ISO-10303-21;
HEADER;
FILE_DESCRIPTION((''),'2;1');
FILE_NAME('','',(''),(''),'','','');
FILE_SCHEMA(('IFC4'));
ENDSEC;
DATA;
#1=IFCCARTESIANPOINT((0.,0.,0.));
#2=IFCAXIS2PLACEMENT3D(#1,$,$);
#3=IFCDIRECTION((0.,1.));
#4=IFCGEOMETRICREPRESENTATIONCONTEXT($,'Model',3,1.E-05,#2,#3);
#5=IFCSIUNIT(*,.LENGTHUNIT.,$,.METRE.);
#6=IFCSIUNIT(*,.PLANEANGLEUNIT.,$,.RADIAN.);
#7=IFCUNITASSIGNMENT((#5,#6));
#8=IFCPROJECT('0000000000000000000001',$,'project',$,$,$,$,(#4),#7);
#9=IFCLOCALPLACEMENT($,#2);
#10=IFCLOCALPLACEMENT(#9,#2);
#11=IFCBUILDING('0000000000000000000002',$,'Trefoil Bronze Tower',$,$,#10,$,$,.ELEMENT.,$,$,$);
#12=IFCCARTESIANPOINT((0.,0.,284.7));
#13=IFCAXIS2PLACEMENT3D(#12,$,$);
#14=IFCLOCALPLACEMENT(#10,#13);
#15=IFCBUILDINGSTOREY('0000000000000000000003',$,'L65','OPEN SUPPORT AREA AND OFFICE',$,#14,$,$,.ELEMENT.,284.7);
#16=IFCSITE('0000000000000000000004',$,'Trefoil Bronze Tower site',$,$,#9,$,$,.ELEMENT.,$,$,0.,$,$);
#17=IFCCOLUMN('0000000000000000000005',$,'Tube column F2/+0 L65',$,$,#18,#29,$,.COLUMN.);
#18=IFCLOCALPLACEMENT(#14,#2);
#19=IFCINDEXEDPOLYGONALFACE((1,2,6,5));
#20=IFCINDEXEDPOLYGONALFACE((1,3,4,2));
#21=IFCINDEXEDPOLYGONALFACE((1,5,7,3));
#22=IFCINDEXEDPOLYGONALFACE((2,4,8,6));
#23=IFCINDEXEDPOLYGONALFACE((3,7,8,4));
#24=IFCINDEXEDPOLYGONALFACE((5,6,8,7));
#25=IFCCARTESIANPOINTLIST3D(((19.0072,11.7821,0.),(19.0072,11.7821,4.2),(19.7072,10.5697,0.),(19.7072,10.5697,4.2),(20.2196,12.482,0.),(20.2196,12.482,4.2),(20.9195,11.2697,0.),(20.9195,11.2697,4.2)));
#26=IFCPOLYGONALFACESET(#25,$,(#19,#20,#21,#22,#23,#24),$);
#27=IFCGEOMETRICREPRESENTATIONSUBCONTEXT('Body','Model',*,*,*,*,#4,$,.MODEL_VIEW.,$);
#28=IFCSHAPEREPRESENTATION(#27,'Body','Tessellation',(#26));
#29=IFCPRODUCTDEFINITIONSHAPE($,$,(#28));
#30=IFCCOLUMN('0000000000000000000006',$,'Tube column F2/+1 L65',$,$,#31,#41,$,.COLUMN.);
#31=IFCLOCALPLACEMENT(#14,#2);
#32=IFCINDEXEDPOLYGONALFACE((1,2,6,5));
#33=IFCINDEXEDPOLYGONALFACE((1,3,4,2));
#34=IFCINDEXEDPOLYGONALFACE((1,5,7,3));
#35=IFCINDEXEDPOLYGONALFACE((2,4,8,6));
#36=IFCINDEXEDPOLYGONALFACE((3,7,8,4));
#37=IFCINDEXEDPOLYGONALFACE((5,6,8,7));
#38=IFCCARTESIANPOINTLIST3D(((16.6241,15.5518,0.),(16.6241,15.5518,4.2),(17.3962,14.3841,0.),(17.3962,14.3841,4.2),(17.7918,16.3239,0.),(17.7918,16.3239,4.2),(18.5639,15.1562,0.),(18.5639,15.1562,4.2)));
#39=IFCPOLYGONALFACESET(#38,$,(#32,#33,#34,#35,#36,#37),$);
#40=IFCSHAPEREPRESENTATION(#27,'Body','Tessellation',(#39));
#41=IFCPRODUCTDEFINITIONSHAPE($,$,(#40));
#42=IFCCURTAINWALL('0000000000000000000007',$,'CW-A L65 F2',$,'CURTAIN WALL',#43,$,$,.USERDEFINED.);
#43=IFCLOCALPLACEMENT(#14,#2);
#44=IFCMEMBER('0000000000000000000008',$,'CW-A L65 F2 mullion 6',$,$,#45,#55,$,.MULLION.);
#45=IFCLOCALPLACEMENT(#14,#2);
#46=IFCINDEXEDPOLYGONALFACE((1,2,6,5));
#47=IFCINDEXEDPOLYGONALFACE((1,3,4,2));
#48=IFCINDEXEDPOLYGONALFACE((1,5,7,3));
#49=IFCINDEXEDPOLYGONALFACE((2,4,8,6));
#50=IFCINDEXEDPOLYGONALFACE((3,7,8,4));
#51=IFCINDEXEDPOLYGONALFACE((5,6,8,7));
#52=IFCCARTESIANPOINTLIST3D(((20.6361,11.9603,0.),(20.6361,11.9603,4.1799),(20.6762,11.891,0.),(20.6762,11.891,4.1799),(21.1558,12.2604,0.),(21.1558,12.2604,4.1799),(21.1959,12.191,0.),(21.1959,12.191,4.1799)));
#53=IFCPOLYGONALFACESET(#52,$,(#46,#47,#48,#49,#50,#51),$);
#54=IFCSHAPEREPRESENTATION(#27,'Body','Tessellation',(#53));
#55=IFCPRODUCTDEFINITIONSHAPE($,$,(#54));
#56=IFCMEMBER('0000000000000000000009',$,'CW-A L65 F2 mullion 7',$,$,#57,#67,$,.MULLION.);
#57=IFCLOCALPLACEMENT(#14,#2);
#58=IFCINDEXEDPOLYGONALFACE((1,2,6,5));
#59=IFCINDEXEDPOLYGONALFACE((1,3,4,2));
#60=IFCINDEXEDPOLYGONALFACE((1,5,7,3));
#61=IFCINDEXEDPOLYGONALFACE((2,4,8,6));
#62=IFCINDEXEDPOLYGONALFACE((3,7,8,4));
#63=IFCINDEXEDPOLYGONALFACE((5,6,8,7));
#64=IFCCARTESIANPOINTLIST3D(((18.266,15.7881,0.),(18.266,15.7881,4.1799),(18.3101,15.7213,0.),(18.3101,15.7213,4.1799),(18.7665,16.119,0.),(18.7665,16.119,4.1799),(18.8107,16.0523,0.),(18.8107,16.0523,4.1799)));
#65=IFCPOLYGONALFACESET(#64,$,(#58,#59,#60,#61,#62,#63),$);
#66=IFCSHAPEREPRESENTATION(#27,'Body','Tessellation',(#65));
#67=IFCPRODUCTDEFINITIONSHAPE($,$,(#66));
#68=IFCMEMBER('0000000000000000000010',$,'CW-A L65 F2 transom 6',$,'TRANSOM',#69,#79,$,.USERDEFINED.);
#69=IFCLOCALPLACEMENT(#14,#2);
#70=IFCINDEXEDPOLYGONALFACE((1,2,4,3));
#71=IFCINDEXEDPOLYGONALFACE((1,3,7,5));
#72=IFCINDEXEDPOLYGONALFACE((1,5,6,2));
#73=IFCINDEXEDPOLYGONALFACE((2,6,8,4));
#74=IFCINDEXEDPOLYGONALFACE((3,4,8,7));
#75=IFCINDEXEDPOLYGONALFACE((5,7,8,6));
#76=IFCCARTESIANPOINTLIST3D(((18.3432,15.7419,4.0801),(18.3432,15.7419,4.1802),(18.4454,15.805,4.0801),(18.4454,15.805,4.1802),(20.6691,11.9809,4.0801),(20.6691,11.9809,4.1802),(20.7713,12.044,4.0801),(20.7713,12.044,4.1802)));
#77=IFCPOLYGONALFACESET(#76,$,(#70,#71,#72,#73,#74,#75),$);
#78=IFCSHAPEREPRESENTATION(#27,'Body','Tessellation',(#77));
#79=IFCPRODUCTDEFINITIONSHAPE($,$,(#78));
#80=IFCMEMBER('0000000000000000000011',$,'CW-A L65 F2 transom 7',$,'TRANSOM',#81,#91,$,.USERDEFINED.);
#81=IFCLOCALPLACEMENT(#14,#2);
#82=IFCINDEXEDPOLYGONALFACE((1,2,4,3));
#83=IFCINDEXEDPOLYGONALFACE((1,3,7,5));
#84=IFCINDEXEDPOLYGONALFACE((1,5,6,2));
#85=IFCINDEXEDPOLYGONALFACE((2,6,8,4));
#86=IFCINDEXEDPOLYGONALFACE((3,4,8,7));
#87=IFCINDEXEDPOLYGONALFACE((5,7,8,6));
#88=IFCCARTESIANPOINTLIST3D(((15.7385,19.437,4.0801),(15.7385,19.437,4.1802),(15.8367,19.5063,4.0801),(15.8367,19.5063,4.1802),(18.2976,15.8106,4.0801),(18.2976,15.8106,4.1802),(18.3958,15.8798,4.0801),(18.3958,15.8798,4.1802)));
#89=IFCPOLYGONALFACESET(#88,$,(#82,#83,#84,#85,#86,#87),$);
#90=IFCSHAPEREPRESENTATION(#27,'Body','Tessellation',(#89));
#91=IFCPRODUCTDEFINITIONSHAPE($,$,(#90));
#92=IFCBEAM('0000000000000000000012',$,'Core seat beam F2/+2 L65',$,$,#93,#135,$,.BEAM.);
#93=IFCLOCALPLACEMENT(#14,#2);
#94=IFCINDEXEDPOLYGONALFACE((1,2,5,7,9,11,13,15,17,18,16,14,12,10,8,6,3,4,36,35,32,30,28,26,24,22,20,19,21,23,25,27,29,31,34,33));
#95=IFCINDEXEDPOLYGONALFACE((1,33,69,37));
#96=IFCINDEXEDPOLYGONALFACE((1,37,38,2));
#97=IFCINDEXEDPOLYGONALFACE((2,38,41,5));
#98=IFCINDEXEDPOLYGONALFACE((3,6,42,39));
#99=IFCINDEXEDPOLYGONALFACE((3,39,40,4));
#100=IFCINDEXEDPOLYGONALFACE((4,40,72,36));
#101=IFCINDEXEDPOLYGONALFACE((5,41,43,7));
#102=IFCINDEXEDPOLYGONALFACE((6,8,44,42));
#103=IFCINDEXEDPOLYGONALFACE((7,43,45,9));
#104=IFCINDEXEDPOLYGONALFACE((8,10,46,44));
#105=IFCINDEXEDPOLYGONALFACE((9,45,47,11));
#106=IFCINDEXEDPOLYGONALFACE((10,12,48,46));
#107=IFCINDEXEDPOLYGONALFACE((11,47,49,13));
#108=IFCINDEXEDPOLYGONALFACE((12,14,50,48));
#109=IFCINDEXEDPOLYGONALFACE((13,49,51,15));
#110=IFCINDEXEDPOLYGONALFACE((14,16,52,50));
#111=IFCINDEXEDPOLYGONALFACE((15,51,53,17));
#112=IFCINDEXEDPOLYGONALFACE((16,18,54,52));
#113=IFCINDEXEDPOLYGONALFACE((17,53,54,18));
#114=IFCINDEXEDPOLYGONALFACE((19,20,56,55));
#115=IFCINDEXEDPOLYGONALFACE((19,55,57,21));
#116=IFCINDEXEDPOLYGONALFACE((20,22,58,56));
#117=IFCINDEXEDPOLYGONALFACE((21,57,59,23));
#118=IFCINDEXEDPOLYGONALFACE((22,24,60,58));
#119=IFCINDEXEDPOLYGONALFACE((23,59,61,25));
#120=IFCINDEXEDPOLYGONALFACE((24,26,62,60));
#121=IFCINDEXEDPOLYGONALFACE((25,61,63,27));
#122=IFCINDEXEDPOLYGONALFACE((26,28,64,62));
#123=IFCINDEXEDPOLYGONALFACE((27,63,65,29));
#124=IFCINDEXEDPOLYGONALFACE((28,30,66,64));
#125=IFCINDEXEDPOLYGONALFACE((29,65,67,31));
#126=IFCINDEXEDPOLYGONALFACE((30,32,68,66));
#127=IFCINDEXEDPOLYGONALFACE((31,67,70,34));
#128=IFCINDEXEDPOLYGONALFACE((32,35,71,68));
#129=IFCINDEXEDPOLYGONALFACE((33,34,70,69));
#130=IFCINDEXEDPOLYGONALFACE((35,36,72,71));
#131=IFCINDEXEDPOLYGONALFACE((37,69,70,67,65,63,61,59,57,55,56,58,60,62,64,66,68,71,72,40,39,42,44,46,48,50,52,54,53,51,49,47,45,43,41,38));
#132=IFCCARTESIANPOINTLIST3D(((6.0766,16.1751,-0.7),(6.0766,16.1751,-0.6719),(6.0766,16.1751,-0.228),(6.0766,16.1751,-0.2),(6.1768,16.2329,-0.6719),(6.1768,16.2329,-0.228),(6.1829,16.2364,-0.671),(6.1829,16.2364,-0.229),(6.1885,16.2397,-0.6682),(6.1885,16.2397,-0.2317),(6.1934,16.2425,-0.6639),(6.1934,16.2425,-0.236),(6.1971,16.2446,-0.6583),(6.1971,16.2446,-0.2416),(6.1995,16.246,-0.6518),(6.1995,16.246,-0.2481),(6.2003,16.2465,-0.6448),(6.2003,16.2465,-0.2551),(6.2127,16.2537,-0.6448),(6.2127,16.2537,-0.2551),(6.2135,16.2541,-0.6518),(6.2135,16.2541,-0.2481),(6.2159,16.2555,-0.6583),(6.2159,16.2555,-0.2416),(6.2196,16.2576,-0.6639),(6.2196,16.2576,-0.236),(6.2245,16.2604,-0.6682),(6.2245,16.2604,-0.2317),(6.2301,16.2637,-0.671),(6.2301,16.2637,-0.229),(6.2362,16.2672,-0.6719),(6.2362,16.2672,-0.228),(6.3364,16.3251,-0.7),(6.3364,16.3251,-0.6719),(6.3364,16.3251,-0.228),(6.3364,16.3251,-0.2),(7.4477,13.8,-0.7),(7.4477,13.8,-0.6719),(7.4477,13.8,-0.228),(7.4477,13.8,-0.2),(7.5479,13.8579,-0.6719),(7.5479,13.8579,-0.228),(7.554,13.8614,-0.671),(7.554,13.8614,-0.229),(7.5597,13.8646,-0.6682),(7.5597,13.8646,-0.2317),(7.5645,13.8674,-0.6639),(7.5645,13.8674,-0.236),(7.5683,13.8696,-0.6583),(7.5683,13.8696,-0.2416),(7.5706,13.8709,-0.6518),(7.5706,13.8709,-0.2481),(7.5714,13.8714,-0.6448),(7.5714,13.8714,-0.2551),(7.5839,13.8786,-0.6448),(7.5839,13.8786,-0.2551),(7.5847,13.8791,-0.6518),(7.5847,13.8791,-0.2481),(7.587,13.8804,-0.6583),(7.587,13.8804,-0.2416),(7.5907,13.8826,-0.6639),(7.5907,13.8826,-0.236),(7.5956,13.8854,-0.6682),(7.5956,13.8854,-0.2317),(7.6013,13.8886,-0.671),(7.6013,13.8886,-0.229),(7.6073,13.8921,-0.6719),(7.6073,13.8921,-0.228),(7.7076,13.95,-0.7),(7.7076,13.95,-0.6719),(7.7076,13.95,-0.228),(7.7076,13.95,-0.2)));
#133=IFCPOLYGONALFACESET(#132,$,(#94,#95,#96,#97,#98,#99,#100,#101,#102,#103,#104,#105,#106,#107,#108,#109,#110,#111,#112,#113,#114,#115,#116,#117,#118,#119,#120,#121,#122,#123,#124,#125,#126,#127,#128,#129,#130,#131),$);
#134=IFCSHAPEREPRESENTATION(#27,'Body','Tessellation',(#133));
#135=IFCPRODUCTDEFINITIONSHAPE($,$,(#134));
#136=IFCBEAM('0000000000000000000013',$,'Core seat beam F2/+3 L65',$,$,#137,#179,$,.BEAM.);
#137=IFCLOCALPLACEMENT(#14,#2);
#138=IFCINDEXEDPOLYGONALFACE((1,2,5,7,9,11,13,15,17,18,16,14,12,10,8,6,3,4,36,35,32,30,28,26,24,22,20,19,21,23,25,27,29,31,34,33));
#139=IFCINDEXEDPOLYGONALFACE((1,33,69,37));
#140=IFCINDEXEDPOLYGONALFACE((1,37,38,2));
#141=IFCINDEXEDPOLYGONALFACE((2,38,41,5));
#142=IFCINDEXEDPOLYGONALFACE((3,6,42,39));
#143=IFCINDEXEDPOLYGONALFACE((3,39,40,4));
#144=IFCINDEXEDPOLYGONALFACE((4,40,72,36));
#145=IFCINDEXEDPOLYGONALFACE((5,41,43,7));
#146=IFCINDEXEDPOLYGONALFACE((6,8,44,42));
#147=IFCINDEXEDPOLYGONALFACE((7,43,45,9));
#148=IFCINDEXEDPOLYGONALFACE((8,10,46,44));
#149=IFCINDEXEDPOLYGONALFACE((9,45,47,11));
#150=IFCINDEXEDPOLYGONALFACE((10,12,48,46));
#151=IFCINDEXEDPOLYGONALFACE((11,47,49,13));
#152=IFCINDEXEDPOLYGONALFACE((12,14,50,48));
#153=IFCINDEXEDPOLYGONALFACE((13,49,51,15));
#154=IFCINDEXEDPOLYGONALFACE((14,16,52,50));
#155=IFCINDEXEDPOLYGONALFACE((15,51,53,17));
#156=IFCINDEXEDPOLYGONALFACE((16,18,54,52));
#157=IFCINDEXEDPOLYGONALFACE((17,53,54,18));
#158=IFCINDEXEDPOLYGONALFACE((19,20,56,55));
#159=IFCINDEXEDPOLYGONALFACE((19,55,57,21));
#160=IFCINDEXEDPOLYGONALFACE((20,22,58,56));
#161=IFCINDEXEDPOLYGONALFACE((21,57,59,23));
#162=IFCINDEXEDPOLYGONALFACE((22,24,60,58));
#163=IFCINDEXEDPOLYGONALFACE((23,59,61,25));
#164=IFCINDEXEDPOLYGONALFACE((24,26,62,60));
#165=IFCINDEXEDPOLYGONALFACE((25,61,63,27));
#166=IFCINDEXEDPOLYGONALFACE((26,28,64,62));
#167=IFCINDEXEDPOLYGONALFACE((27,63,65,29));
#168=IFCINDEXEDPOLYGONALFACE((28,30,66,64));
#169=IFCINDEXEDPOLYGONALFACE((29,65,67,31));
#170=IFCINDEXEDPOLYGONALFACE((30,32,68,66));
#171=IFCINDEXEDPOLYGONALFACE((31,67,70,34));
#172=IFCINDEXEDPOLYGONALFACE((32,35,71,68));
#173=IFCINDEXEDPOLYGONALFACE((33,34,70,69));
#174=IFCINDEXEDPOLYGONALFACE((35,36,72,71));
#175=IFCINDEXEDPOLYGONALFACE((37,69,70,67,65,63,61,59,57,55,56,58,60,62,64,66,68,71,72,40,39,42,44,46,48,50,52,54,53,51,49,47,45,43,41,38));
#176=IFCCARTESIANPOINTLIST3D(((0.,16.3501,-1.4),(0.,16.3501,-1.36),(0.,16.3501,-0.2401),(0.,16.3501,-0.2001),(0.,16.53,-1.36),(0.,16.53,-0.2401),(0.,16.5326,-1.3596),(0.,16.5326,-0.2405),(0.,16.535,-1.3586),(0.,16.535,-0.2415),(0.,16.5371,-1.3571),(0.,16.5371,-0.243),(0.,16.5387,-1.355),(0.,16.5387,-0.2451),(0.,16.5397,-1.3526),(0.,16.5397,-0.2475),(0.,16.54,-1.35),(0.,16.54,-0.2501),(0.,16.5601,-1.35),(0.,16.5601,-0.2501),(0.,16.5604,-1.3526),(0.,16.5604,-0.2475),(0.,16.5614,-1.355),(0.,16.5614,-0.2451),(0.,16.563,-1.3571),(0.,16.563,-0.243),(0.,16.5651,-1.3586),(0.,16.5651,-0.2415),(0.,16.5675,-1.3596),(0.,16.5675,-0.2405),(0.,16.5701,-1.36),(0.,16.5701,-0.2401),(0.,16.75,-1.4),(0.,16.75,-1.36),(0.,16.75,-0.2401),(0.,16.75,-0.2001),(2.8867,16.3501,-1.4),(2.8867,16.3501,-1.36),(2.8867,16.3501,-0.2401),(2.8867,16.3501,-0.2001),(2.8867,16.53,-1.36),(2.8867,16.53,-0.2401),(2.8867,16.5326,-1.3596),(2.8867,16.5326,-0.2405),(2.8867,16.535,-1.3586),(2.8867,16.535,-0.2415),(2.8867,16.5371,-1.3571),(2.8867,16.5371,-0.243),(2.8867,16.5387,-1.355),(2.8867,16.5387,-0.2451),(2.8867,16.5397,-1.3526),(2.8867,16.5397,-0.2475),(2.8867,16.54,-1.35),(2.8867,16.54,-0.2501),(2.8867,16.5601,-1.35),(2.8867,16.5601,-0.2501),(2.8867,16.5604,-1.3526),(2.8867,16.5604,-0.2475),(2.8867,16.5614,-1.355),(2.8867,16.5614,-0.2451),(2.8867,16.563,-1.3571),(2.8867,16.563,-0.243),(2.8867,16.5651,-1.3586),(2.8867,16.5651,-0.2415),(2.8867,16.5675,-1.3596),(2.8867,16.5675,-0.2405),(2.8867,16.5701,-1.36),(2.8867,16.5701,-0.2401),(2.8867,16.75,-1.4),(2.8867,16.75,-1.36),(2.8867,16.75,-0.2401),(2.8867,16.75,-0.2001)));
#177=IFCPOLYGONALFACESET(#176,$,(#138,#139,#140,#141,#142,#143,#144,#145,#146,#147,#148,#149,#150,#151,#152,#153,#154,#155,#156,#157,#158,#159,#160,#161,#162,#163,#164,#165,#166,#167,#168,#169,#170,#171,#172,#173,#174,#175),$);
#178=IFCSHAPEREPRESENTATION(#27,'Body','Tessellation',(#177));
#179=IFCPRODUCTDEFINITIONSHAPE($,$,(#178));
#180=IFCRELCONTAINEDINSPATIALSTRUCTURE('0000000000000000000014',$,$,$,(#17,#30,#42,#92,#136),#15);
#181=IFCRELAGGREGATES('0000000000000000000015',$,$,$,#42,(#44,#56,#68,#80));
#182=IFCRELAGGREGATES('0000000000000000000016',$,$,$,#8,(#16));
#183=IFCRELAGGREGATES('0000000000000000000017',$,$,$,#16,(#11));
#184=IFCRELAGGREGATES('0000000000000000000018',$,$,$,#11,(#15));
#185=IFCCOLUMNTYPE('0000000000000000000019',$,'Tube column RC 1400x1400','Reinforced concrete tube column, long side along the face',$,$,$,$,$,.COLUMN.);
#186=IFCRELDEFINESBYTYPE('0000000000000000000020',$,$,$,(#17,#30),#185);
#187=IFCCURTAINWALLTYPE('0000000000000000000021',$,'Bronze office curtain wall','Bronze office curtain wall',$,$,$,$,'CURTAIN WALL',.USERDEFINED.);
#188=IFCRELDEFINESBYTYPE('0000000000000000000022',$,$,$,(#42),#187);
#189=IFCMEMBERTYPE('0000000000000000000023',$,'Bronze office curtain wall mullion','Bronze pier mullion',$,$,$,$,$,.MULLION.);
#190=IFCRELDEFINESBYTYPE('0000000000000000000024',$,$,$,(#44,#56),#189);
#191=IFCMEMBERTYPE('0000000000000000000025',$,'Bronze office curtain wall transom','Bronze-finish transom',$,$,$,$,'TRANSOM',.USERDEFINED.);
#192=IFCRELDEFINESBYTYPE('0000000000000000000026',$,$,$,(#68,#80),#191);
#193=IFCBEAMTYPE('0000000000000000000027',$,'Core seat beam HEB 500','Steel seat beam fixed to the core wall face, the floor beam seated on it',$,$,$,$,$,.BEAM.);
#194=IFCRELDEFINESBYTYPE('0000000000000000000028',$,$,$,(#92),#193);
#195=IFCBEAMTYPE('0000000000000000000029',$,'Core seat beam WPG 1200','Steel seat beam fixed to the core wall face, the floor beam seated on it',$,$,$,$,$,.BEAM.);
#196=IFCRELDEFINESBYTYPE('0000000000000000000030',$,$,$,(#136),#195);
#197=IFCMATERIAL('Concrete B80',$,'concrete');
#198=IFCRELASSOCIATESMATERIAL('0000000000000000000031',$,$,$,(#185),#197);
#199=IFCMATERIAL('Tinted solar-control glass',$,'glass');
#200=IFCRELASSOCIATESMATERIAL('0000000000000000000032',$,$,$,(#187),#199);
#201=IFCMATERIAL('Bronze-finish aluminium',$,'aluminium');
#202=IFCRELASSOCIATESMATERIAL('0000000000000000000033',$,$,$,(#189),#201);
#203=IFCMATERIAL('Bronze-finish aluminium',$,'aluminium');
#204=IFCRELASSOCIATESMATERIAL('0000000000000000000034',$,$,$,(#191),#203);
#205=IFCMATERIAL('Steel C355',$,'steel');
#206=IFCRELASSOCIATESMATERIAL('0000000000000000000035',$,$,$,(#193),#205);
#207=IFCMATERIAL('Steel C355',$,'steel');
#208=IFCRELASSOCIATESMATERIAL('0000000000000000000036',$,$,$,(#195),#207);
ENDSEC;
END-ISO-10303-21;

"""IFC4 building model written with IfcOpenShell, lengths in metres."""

from ifc_helpers import new_model, si_unit, direction, frame, origin, origin_2d, place, context, subcontext, project, spatial, rectangle, i_section, extrude, material, material_profile, profile_set, type_object, element, aggregate, save


model = new_model("IFC4")

# Units and contexts
model_context = context("Model", 3, precision=1e-05, world=origin(), true_north=direction((0.0, 1.0)))
body_context = subcontext(model_context, "Body", "Model", "MODEL_VIEW")
ifc_project = project(units=[si_unit("LENGTHUNIT", "METRE"), si_unit("PLANEANGLEUNIT", "RADIAN")], contexts=[model_context])

# Site, building, storey
site_placement = place(None, origin())
site = spatial("IfcSite", under=ifc_project, at=site_placement, Name="Trefoil Bronze Tower site", CompositionType="ELEMENT", RefElevation=0.0)
building_placement = place(site_placement, origin())
building = spatial("IfcBuilding", under=site, at=building_placement, Name="Trefoil Bronze Tower", CompositionType="ELEMENT")
storey_placement = place(building_placement, frame((0.0, 0.0, 284.7)))
storey = spatial("IfcBuildingStorey", under=building, at=storey_placement, Name="L65", Description="OPEN SUPPORT AREA AND OFFICE", CompositionType="ELEMENT", Elevation=284.7)

# Columns
ifc_material_1 = material(Name="Concrete B80", Category="concrete")
ifc_material_profile_1 = material_profile(ifc_material_1, rectangle(XDim=1.3999, YDim=1.3999, at=origin_2d()), Name="RC 1400x1400")
ifc_profile_set_1 = profile_set([ifc_material_profile_1], Name="Concrete B80")
column_type = type_object("IfcColumnType", Name="Tube column RC 1400x1400", Description="Reinforced concrete tube column, long side along the face", PredefinedType="COLUMN", material=ifc_profile_set_1)
for number, where, z_axis, x_axis, name in (
    (1, (19.9634, 11.5259, 0.0), (0.0, 0.0, 1.0), (-0.5, 0.866025, 0.0), "Tube column F2/+0 L65"),
    (2, (17.594, 15.354, 0.0), (0.0, 0.0, 1.0), (-0.551524, 0.834159, 0.0), "Tube column F2/+1 L65"),
):
    element("IfcColumn", number, at=place(storey_placement, frame(where, z_axis=z_axis, x_axis=x_axis)), inside=storey, type_object=column_type, Name=name, PredefinedType="COLUMN", context=body_context, shape_type="SweptSolid", body=[
        extrude(rectangle(XDim=1.3999, YDim=1.3999, at=origin_2d()), origin(), (0.0, 0.0, 1.0), 4.2),
    ])

# Curtain wall, members
ifc_material_2 = material(Name="Tinted solar-control glass", Category="glass")
curtain_wall_type = type_object("IfcCurtainWallType", Name="Bronze office curtain wall", Description="Bronze office curtain wall", ElementType="CURTAIN WALL", PredefinedType="USERDEFINED", material=ifc_material_2)
curtain_wall_placement = place(storey_placement, origin())
curtain_wall = element("IfcCurtainWall", 3, at=curtain_wall_placement, inside=storey, type_object=curtain_wall_type, Name="CW-A L65 F2", ObjectType="CURTAIN WALL", PredefinedType="USERDEFINED")
ifc_material_3 = material(Name="Bronze-finish aluminium", Category="aluminium")
ifc_material_profile_2 = material_profile(ifc_material_3, rectangle(XDim=0.6001, YDim=0.0801, at=origin_2d()), Name="CW-A mullion")
ifc_profile_set_2 = profile_set([ifc_material_profile_2], Name="Bronze-finish aluminium")
member_type_1 = type_object("IfcMemberType", Name="Bronze office curtain wall mullion", Description="Bronze pier mullion", PredefinedType="MULLION", material=ifc_profile_set_2)
member_1_placement = place(storey_placement, frame((20.916, 12.0757, 0.0), z_axis=(0.0, 0.0, 1.0), x_axis=(-0.866025, -0.5, 0.0)))
member_1 = element("IfcMember", 4, at=member_1_placement, type_object=member_type_1, Name="CW-A L65 F2 mullion 6", PredefinedType="MULLION", context=body_context, shape_type="SweptSolid", body=[
    extrude(rectangle(XDim=0.6001, YDim=0.0801, at=origin_2d()), origin(), (0.0, 0.0, 1.0), 4.1799),
])
member_2_placement = place(storey_placement, frame((18.5383, 15.9202, 0.0), z_axis=(0.0, 0.0, 1.0), x_axis=(-0.834159, -0.551524, 0.0)))
member_2 = element("IfcMember", 5, at=member_2_placement, type_object=member_type_1, Name="CW-A L65 F2 mullion 7", PredefinedType="MULLION", context=body_context, shape_type="SweptSolid", body=[
    extrude(rectangle(XDim=0.6001, YDim=0.0801, at=origin_2d()), origin(), (0.0, 0.0, 1.0), 4.1799),
])
ifc_material_4 = material(Name="Bronze-finish aluminium", Category="aluminium")
ifc_material_profile_3 = material_profile(ifc_material_4, rectangle(XDim=0.1201, YDim=0.1001, at=origin_2d()), Name="CW-A transom")
ifc_profile_set_3 = profile_set([ifc_material_profile_3], Name="Bronze-finish aluminium")
member_type_2 = type_object("IfcMemberType", Name="Bronze office curtain wall transom", Description="Bronze-finish transom", ElementType="TRANSOM", PredefinedType="USERDEFINED", material=ifc_profile_set_3)
member_3_placement = place(storey_placement, frame((20.7202, 12.0125, 4.1301), z_axis=(-0.525978, 0.850498, 0.0), x_axis=(-0.850498, -0.525978, 0.0)))
member_3 = element("IfcMember", 6, at=member_3_placement, type_object=member_type_2, Name="CW-A L65 F2 transom 6", ObjectType="TRANSOM", PredefinedType="USERDEFINED", context=body_context, shape_type="SweptSolid", body=[
    extrude(rectangle(XDim=0.1201, YDim=0.1001, at=origin_2d()), origin(), (0.0, 0.0, 1.0), 4.4221),
])
member_4_placement = place(storey_placement, frame((18.3467, 15.8452, 4.1301), z_axis=(-0.576567, 0.81705, 0.0), x_axis=(-0.81705, -0.576567, 0.0)))
member_4 = element("IfcMember", 7, at=member_4_placement, type_object=member_type_2, Name="CW-A L65 F2 transom 7", ObjectType="TRANSOM", PredefinedType="USERDEFINED", context=body_context, shape_type="SweptSolid", body=[
    extrude(rectangle(XDim=0.1201, YDim=0.1001, at=origin_2d()), origin(), (0.0, 0.0, 1.0), 4.4385),
])

# Beams
ifc_material_5 = material(Name="Steel C355", Category="steel")
ifc_material_profile_4 = material_profile(ifc_material_5, i_section(OverallWidth=0.3, OverallDepth=0.5, WebThickness=0.0144, FlangeThickness=0.0281, FilletRadius=0.0271, at=origin_2d()), Name="HEB 500")
ifc_profile_set_4 = profile_set([ifc_material_profile_4], Name="Steel C355")
beam_type_1 = type_object("IfcBeamType", Name="Core seat beam HEB 500", Description="Steel seat beam fixed to the core wall face, the floor beam seated on it", PredefinedType="BEAM", material=ifc_profile_set_4)
beam_1_placement = place(storey_placement, frame((7.5776, 13.875, -0.45), z_axis=(-0.499969, 0.866043, 0.0), x_axis=(-0.866043, -0.499969, 0.0)))
element("IfcBeam", 8, at=beam_1_placement, inside=storey, type_object=beam_type_1, Name="Core seat beam F2/+2 L65", PredefinedType="BEAM", context=body_context, shape_type="SweptSolid", body=[
    extrude(i_section(OverallWidth=0.3, OverallDepth=0.5, WebThickness=0.0144, FlangeThickness=0.0281, FilletRadius=0.0271, at=origin_2d()), origin(), (0.0, 0.0, 1.0), 2.7424),
])
ifc_material_6 = material(Name="Steel C355", Category="steel")
ifc_material_profile_5 = material_profile(ifc_material_6, i_section(OverallWidth=0.3999, OverallDepth=1.2, WebThickness=0.02, FlangeThickness=0.04, FilletRadius=0.01, at=origin_2d()), Name="WPG 1200")
ifc_profile_set_5 = profile_set([ifc_material_profile_5], Name="Steel C355")
beam_type_2 = type_object("IfcBeamType", Name="Core seat beam WPG 1200", Description="Steel seat beam fixed to the core wall face, the floor beam seated on it", PredefinedType="BEAM", material=ifc_profile_set_5)
beam_2_placement = place(storey_placement, frame((2.8867, 16.55, -0.8), z_axis=(-1.0, 0.0, 0.0), x_axis=(0.0, -1.0, 0.0)))
element("IfcBeam", 9, at=beam_2_placement, inside=storey, type_object=beam_type_2, Name="Core seat beam F2/+3 L65", PredefinedType="BEAM", context=body_context, shape_type="SweptSolid", body=[
    extrude(i_section(OverallWidth=0.3999, OverallDepth=1.2, WebThickness=0.02, FlangeThickness=0.04, FilletRadius=0.01, at=origin_2d()), origin(), (0.0, 0.0, 1.0), 2.8867),
])

aggregate(curtain_wall, [member_1, member_2, member_3, member_4])

save(model, "model.ifc")
